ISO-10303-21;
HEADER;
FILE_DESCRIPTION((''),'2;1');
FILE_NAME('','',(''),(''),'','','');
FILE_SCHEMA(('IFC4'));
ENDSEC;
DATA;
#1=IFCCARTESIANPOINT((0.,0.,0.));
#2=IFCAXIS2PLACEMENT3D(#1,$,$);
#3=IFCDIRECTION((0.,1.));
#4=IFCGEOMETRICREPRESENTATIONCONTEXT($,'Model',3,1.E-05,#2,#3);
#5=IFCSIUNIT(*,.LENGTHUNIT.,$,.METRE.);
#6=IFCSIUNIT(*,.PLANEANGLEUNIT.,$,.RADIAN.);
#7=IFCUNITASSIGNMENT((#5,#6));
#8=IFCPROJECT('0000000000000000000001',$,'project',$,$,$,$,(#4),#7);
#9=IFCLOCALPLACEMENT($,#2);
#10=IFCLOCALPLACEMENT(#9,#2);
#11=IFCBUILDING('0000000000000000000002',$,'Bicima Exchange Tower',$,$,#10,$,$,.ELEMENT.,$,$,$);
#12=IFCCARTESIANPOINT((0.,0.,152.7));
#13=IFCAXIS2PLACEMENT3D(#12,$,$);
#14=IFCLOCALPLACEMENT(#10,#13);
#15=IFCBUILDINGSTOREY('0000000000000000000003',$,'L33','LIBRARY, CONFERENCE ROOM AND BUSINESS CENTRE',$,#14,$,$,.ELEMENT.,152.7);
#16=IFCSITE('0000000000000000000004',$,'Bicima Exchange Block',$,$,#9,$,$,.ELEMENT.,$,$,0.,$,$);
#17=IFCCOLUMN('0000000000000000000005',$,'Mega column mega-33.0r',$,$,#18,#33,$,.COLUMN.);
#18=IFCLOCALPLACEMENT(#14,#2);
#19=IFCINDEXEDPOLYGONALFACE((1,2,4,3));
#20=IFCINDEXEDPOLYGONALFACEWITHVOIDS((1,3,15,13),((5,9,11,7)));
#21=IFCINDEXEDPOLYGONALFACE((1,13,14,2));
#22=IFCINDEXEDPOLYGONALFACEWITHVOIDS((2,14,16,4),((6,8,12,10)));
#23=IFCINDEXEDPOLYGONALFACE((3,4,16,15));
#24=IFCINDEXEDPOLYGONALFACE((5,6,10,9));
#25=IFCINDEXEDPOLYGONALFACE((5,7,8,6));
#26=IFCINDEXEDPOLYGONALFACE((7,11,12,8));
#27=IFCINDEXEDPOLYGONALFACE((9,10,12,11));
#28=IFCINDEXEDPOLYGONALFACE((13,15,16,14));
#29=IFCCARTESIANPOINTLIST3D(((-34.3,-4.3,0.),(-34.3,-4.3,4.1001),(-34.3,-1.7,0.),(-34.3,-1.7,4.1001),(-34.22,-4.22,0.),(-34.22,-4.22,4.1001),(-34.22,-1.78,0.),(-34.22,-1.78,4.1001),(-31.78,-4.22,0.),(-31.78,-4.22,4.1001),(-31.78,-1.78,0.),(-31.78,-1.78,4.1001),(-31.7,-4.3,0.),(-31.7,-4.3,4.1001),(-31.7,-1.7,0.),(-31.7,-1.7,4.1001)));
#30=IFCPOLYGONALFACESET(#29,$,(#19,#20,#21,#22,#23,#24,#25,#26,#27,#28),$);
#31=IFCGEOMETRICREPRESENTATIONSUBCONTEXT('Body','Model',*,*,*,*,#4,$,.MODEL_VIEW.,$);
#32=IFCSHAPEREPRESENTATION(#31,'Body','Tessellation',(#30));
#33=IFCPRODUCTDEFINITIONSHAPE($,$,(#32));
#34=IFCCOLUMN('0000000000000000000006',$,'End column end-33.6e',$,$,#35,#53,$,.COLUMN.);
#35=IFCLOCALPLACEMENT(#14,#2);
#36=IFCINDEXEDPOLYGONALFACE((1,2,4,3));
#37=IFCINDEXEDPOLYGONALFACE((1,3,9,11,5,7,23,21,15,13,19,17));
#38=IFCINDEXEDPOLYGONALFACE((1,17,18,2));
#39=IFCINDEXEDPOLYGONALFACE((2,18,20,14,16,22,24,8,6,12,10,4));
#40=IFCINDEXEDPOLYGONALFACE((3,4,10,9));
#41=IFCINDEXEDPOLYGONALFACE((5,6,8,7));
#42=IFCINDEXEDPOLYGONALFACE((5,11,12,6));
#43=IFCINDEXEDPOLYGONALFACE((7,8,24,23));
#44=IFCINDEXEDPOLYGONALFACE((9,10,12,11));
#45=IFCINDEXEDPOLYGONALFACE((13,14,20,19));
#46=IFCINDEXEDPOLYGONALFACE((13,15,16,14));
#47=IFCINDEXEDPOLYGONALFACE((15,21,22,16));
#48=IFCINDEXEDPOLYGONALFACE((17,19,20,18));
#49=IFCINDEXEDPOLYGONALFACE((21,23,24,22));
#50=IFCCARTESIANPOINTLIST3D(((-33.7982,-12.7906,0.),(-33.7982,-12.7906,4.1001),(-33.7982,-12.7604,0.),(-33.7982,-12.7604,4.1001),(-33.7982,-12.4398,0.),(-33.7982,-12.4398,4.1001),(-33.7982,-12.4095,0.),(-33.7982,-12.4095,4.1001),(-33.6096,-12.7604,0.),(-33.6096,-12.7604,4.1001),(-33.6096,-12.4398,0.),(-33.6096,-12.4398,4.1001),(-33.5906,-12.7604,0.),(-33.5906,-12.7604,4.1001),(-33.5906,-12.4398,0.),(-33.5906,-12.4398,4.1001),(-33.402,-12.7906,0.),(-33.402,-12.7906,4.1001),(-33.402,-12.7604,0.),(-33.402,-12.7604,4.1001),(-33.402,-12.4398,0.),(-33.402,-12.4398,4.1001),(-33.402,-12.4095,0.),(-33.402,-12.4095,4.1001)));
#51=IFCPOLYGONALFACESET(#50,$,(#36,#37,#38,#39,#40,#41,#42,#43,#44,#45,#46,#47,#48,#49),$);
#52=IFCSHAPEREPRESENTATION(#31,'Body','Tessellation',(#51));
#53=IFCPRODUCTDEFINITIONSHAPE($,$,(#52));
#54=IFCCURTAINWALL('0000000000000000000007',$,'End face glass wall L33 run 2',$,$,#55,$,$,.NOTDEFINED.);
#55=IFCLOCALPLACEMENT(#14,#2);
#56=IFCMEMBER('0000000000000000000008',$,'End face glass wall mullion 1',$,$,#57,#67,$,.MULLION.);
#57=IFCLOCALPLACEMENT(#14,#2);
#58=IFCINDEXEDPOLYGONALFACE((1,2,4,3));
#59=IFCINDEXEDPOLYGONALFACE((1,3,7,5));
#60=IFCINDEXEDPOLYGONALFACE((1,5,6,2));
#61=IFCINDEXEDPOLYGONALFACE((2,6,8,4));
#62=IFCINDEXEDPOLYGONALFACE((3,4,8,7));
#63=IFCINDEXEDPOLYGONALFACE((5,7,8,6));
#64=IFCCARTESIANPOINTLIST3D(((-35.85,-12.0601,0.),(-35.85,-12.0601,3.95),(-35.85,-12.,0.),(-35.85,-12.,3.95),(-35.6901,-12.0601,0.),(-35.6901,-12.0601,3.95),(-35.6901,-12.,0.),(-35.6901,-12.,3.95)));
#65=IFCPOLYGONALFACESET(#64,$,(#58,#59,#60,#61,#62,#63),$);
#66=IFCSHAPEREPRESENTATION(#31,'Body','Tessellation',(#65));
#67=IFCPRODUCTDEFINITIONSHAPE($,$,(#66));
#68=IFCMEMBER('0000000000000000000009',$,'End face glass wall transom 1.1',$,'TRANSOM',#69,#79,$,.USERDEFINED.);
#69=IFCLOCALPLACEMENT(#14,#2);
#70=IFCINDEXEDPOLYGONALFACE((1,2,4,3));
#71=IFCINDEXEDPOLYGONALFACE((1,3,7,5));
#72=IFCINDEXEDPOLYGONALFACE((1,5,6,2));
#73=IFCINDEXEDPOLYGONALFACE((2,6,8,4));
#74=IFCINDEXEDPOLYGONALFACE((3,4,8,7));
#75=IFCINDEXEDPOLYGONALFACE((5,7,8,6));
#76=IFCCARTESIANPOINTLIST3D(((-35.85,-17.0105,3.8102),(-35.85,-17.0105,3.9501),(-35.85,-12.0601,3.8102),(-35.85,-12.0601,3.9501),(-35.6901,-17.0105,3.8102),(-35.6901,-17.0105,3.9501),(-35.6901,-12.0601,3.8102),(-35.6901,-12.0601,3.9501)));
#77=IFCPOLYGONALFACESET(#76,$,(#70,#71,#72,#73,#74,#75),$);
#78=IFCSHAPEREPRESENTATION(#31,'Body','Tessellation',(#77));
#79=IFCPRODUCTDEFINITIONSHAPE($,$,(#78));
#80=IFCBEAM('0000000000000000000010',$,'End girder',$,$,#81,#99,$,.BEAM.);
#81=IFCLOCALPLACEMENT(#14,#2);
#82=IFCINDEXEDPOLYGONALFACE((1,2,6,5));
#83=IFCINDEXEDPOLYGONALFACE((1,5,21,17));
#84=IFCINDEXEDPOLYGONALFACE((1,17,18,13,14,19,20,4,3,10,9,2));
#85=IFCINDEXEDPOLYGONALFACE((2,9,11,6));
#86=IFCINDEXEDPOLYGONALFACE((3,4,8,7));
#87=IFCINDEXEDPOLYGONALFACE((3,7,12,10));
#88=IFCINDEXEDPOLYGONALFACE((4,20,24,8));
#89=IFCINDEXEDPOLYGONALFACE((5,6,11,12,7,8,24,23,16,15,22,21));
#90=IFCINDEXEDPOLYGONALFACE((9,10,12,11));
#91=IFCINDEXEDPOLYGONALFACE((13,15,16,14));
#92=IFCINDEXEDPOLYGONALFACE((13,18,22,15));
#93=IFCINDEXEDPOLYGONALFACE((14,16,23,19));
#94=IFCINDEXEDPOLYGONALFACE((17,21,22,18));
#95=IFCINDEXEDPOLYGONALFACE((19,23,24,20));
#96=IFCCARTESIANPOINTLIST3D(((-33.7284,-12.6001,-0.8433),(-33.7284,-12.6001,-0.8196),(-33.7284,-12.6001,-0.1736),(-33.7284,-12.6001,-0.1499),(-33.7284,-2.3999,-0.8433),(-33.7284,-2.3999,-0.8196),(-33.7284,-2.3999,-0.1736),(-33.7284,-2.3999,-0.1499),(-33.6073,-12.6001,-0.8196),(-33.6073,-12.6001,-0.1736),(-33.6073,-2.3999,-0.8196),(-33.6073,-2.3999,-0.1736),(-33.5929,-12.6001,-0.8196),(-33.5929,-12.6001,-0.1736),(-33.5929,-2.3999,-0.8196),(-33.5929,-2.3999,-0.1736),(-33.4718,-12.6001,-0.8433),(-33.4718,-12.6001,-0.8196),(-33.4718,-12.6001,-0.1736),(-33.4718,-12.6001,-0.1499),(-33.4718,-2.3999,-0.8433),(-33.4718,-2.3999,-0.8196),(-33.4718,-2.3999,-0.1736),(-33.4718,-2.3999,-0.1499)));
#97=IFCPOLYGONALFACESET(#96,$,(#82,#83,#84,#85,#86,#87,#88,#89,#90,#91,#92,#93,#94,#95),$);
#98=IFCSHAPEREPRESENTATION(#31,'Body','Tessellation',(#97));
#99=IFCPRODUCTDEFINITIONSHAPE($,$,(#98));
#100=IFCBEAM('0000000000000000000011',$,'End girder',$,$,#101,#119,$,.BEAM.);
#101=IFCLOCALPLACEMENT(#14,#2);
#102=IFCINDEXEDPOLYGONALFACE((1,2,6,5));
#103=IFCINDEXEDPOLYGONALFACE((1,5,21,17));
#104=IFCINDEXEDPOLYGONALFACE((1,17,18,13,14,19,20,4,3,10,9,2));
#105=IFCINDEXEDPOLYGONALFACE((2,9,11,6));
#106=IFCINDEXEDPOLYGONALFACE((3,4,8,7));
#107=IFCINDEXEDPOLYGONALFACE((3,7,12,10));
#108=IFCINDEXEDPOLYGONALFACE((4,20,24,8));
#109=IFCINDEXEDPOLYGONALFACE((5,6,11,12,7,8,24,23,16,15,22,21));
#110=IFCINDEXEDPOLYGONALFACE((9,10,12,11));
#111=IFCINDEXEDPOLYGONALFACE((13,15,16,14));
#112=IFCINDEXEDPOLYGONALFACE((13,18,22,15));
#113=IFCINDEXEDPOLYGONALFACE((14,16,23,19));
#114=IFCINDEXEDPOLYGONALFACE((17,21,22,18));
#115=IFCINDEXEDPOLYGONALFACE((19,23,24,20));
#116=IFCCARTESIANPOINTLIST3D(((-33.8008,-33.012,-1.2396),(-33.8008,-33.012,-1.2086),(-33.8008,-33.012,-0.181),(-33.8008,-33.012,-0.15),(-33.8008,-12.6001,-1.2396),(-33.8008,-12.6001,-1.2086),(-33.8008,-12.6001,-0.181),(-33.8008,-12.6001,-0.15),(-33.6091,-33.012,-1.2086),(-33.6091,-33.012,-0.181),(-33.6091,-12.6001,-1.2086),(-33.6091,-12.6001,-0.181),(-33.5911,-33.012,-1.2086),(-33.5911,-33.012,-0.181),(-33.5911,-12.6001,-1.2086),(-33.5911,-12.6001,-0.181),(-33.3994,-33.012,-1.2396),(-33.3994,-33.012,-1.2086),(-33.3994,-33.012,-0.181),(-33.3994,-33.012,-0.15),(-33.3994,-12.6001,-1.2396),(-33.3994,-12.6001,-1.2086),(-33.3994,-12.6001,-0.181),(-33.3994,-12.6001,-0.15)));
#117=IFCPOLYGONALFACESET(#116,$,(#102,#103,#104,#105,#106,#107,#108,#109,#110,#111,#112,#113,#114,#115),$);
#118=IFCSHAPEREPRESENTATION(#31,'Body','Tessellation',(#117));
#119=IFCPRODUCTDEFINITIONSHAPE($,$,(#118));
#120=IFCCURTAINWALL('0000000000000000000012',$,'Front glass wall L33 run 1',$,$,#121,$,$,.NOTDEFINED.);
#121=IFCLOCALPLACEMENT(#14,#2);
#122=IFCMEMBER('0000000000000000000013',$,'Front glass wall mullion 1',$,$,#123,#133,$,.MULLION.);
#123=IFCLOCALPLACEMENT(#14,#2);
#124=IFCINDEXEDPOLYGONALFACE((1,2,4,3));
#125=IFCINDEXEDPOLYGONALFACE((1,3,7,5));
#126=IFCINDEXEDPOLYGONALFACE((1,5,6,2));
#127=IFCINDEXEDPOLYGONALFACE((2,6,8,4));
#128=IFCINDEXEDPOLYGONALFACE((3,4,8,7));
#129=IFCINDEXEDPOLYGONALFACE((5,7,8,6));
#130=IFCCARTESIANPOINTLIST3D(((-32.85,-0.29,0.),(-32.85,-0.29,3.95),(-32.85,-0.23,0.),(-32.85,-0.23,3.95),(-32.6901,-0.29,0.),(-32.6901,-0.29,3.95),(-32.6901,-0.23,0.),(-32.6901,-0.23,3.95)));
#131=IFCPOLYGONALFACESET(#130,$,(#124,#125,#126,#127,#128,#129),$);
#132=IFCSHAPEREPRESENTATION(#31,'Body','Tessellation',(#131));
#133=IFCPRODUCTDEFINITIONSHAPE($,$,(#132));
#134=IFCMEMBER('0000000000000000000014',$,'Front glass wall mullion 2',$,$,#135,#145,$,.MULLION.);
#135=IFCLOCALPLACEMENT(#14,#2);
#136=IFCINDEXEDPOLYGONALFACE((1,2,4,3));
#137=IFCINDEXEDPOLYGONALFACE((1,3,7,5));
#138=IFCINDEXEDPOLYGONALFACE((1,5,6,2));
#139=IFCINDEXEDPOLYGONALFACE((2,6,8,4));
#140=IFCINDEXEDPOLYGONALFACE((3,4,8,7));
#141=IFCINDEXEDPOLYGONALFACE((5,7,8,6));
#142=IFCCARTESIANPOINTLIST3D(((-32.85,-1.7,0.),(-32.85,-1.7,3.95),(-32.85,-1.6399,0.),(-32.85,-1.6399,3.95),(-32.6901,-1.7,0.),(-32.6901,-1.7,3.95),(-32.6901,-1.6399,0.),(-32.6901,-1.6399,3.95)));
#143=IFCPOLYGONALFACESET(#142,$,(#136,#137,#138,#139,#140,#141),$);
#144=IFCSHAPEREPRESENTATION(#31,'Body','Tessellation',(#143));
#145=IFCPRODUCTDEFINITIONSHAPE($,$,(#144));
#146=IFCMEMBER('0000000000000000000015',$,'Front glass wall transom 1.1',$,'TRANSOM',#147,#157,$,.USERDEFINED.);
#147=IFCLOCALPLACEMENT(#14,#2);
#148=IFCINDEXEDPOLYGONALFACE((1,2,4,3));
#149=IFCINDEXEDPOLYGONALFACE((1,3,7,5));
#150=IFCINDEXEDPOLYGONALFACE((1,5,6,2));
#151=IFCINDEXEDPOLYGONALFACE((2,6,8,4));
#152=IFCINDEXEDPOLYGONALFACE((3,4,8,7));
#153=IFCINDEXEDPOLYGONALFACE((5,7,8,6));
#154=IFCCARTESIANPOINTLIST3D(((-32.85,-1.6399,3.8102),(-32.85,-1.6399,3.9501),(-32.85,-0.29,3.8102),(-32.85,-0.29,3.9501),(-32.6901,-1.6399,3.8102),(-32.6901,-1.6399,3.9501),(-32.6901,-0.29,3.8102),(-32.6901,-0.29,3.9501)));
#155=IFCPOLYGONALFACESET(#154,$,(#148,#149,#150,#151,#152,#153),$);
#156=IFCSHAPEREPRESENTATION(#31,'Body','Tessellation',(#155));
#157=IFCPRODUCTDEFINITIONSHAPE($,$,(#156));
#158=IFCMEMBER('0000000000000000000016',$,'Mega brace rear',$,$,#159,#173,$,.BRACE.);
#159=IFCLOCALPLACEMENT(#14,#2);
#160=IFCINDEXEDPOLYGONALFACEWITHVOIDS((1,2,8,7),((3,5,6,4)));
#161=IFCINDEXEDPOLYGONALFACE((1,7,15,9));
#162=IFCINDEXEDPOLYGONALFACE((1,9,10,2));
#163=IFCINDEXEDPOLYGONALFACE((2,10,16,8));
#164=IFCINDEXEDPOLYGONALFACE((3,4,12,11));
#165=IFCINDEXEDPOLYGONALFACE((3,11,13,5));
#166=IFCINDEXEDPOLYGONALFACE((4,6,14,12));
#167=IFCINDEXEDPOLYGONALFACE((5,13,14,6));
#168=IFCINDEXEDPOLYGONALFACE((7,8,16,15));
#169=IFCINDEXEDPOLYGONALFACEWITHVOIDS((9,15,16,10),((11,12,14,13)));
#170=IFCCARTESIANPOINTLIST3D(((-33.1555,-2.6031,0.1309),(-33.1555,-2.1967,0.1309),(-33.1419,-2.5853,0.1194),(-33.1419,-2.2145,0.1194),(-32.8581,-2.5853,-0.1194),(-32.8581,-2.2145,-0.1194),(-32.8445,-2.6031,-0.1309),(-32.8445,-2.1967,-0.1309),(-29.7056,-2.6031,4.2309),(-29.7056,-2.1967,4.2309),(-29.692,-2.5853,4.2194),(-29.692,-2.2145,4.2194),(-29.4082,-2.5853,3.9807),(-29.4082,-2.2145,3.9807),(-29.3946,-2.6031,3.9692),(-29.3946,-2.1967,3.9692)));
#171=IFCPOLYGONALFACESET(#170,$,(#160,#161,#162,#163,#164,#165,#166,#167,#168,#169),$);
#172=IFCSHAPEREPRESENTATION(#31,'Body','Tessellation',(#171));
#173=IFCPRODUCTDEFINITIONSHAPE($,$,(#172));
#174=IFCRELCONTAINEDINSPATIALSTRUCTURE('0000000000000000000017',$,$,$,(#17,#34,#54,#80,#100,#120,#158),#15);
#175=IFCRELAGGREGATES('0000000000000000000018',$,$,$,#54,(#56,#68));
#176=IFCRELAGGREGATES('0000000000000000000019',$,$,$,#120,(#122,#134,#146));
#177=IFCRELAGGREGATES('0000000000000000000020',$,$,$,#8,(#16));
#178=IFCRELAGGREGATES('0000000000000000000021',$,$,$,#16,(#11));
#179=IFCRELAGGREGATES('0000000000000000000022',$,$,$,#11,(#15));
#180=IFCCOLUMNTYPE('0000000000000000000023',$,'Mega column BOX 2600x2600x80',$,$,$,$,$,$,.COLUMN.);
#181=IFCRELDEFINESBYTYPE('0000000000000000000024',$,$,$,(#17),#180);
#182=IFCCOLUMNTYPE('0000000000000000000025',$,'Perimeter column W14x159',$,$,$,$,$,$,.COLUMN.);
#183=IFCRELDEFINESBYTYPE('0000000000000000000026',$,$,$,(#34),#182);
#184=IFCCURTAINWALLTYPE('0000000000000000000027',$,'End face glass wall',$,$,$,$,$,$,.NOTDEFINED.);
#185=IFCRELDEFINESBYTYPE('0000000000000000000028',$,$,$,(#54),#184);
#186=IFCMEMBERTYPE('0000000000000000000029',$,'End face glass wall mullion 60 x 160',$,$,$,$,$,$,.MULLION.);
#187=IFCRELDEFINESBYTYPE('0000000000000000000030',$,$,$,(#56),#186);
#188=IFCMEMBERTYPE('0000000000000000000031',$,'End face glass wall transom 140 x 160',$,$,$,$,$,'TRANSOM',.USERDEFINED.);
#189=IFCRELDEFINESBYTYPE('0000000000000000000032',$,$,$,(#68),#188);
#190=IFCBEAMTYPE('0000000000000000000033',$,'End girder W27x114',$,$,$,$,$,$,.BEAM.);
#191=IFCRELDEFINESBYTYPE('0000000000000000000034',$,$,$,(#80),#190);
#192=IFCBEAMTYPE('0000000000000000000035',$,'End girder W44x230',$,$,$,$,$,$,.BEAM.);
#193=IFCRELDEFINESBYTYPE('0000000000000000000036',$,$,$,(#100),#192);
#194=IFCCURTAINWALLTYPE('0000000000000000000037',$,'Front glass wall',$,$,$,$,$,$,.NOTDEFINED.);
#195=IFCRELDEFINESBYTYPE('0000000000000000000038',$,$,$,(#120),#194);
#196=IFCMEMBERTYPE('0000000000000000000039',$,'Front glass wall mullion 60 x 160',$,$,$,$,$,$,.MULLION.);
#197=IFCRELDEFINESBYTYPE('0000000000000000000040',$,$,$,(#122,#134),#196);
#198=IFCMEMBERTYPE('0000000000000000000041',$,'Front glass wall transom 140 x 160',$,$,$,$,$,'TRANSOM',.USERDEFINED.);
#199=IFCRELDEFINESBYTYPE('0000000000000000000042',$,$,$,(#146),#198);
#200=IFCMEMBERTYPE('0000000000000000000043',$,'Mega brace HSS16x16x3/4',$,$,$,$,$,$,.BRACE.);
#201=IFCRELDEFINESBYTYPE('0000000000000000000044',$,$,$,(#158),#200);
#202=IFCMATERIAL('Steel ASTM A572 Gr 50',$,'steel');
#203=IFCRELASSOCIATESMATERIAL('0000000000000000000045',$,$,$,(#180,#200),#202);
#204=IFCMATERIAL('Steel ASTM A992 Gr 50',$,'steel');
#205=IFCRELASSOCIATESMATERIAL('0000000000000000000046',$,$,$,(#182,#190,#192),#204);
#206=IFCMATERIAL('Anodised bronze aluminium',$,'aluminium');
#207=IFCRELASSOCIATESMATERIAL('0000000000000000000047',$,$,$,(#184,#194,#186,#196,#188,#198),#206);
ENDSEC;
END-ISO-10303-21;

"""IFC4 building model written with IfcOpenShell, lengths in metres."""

from ifc_helpers import new_model, si_unit, direction, frame, origin, origin_2d, place, context, subcontext, project, spatial, rectangle, hollow_rectangle, i_section, extrude, material, material_profile, profile_set, type_object, element, aggregate, save


model = new_model("IFC4")

# Units and contexts
model_context = context("Model", 3, precision=1e-05, world=origin(), true_north=direction((0.0, 1.0)))
body_context = subcontext(model_context, "Body", "Model", "MODEL_VIEW")
ifc_project = project(units=[si_unit("LENGTHUNIT", "METRE"), si_unit("PLANEANGLEUNIT", "RADIAN")], contexts=[model_context])

# Site, building, storey
site_placement = place(None, origin())
site = spatial("IfcSite", under=ifc_project, at=site_placement, Name="Bicima Exchange Block", CompositionType="ELEMENT", RefElevation=0.0)
building_placement = place(site_placement, origin())
building = spatial("IfcBuilding", under=site, at=building_placement, Name="Bicima Exchange Tower", CompositionType="ELEMENT")
storey_placement = place(building_placement, frame((0.0, 0.0, 152.7)))
storey = spatial("IfcBuildingStorey", under=building, at=storey_placement, Name="L33", Description="LIBRARY, CONFERENCE ROOM AND BUSINESS CENTRE", CompositionType="ELEMENT", Elevation=152.7)

# Columns
ifc_material_1 = material(Name="Steel ASTM A572 Gr 50", Category="steel")
ifc_material_profile_1 = material_profile(ifc_material_1, hollow_rectangle(XDim=2.6001, YDim=2.6001, WallThickness=0.0801, at=origin_2d()))
ifc_profile_set_1 = profile_set([ifc_material_profile_1], Name="Steel ASTM A572 Gr 50")
column_type_1 = type_object("IfcColumnType", Name="Mega column BOX 2600x2600x80", PredefinedType="COLUMN", material=ifc_profile_set_1)
column_1_placement = place(storey_placement, frame((-33.0, -3.0, 0.0), z_axis=(0.0, 0.0, 1.0), x_axis=(1.0, 0.0, 0.0)))
element("IfcColumn", 1, at=column_1_placement, inside=storey, type_object=column_type_1, Name="Mega column mega-33.0r", PredefinedType="COLUMN", context=body_context, shape_type="SweptSolid", body=[
    extrude(hollow_rectangle(XDim=2.6001, YDim=2.6001, WallThickness=0.0801, at=origin_2d()), origin(), (0.0, 0.0, 1.0), 4.1001),
])
ifc_material_2 = material(Name="Steel ASTM A992 Gr 50", Category="steel")
ifc_material_profile_2 = material_profile(ifc_material_2, i_section(OverallWidth=0.3962, OverallDepth=0.3811, WebThickness=0.019, FlangeThickness=0.0303, at=origin_2d()))
ifc_profile_set_2 = profile_set([ifc_material_profile_2], Name="Steel ASTM A992 Gr 50")
column_type_2 = type_object("IfcColumnType", Name="Perimeter column W14x159", PredefinedType="COLUMN", material=ifc_profile_set_2)
column_2_placement = place(storey_placement, frame((-33.6001, -12.6001, 0.0), z_axis=(0.0, 0.0, 1.0), x_axis=(1.0, 0.0, 0.0)))
element("IfcColumn", 2, at=column_2_placement, inside=storey, type_object=column_type_2, Name="End column end-33.6e", PredefinedType="COLUMN", context=body_context, shape_type="SweptSolid", body=[
    extrude(i_section(OverallWidth=0.3962, OverallDepth=0.3811, WebThickness=0.019, FlangeThickness=0.0303, at=origin_2d()), origin(), (0.0, 0.0, 1.0), 4.1001),
])

# Curtain wall, members
ifc_material_3 = material(Name="Anodised bronze aluminium", Category="aluminium")
curtain_wall_type_1 = type_object("IfcCurtainWallType", Name="End face glass wall", PredefinedType="NOTDEFINED", material=ifc_material_3)
curtain_wall_1_placement = place(storey_placement, origin())
curtain_wall_1 = element("IfcCurtainWall", 3, at=curtain_wall_1_placement, inside=storey, type_object=curtain_wall_type_1, Name="End face glass wall L33 run 2", PredefinedType="NOTDEFINED")
ifc_material_profile_3 = material_profile(ifc_material_3, rectangle(XDim=0.1599, YDim=0.0601, at=origin_2d()))
ifc_profile_set_3 = profile_set([ifc_material_profile_3], Name="Anodised bronze aluminium")
member_type_1 = type_object("IfcMemberType", Name="End face glass wall mullion 60 x 160", PredefinedType="MULLION", material=ifc_profile_set_3)
member_1_placement = place(storey_placement, frame((-35.77, -12.03, 0.0), z_axis=(0.0, 0.0, 1.0), x_axis=(1.0, 0.0, 0.0)))
member_1 = element("IfcMember", 4, at=member_1_placement, type_object=member_type_1, Name="End face glass wall mullion 1", PredefinedType="MULLION", context=body_context, shape_type="SweptSolid", body=[
    extrude(rectangle(XDim=0.1599, YDim=0.0601, at=origin_2d()), origin(), (0.0, 0.0, 1.0), 3.95),
])
ifc_material_profile_4 = material_profile(ifc_material_3, rectangle(XDim=0.1599, YDim=0.1399, at=origin_2d()))
ifc_profile_set_4 = profile_set([ifc_material_profile_4], Name="Anodised bronze aluminium")
member_type_2 = type_object("IfcMemberType", Name="End face glass wall transom 140 x 160", ElementType="TRANSOM", PredefinedType="USERDEFINED", material=ifc_profile_set_4)
member_2_placement = place(storey_placement, frame((-35.77, -12.0601, 3.8801), z_axis=(0.0, -1.0, 0.0), x_axis=(1.0, 0.0, 0.0)))
member_2 = element("IfcMember", 5, at=member_2_placement, type_object=member_type_2, Name="End face glass wall transom 1.1", ObjectType="TRANSOM", PredefinedType="USERDEFINED", context=body_context, shape_type="SweptSolid", body=[
    extrude(rectangle(XDim=0.1599, YDim=0.1399, at=origin_2d()), origin(), (0.0, 0.0, 1.0), 4.9504),
])
aggregate(curtain_wall_1, [member_1, member_2])

# Beams
ifc_material_profile_5 = material_profile(ifc_material_2, i_section(OverallWidth=0.2566, OverallDepth=0.6934, WebThickness=0.0144, FlangeThickness=0.0237, at=origin_2d()))
ifc_profile_set_5 = profile_set([ifc_material_profile_5], Name="Steel ASTM A992 Gr 50")
beam_type_1 = type_object("IfcBeamType", Name="End girder W27x114", PredefinedType="BEAM", material=ifc_profile_set_5)
beam_1_placement = place(storey_placement, frame((-33.6001, -2.3999, -0.4966), z_axis=(0.0, -1.0, 0.0), x_axis=(1.0, 0.0, 0.0)))
element("IfcBeam", 6, at=beam_1_placement, inside=storey, type_object=beam_type_1, Name="End girder", PredefinedType="BEAM", context=body_context, shape_type="SweptSolid", body=[
    extrude(i_section(OverallWidth=0.2566, OverallDepth=0.6934, WebThickness=0.0144, FlangeThickness=0.0237, at=origin_2d()), origin(), (0.0, 0.0, 1.0), 10.2002),
])
ifc_material_profile_6 = material_profile(ifc_material_2, i_section(OverallWidth=0.4014, OverallDepth=1.0896, WebThickness=0.0181, FlangeThickness=0.031, at=origin_2d()))
ifc_profile_set_6 = profile_set([ifc_material_profile_6], Name="Steel ASTM A992 Gr 50")
beam_type_2 = type_object("IfcBeamType", Name="End girder W44x230", PredefinedType="BEAM", material=ifc_profile_set_6)
beam_2_placement = place(storey_placement, frame((-33.6001, -12.6001, -0.6948), z_axis=(0.0, -1.0, 0.0), x_axis=(1.0, 0.0, 0.0)))
element("IfcBeam", 7, at=beam_2_placement, inside=storey, type_object=beam_type_2, Name="End girder", PredefinedType="BEAM", context=body_context, shape_type="SweptSolid", body=[
    extrude(i_section(OverallWidth=0.4014, OverallDepth=1.0896, WebThickness=0.0181, FlangeThickness=0.031, at=origin_2d()), origin(), (0.0, 0.0, 1.0), 20.4119),
])

# Curtain wall, members
curtain_wall_type_2 = type_object("IfcCurtainWallType", Name="Front glass wall", PredefinedType="NOTDEFINED", material=ifc_material_3)
curtain_wall_2_placement = place(storey_placement, origin())
curtain_wall_2 = element("IfcCurtainWall", 8, at=curtain_wall_2_placement, inside=storey, type_object=curtain_wall_type_2, Name="Front glass wall L33 run 1", PredefinedType="NOTDEFINED")
member_type_3 = type_object("IfcMemberType", Name="Front glass wall mullion 60 x 160", PredefinedType="MULLION", material=ifc_profile_set_3)
member_3_placement = place(storey_placement, frame((-32.77, -0.26, 0.0), z_axis=(0.0, 0.0, 1.0), x_axis=(1.0, 0.0, 0.0)))
member_3 = element("IfcMember", 9, at=member_3_placement, type_object=member_type_3, Name="Front glass wall mullion 1", PredefinedType="MULLION", context=body_context, shape_type="SweptSolid", body=[
    extrude(rectangle(XDim=0.1599, YDim=0.0601, at=origin_2d()), origin(), (0.0, 0.0, 1.0), 3.95),
])
member_4_placement = place(storey_placement, frame((-32.77, -1.6699, 0.0), z_axis=(0.0, 0.0, 1.0), x_axis=(1.0, 0.0, 0.0)))
member_4 = element("IfcMember", 10, at=member_4_placement, type_object=member_type_3, Name="Front glass wall mullion 2", PredefinedType="MULLION", context=body_context, shape_type="SweptSolid", body=[
    extrude(rectangle(XDim=0.1599, YDim=0.0601, at=origin_2d()), origin(), (0.0, 0.0, 1.0), 3.95),
])
member_type_4 = type_object("IfcMemberType", Name="Front glass wall transom 140 x 160", ElementType="TRANSOM", PredefinedType="USERDEFINED", material=ifc_profile_set_4)
member_5_placement = place(storey_placement, frame((-32.77, -0.29, 3.8801), z_axis=(0.0, -1.0, 0.0), x_axis=(1.0, 0.0, 0.0)))
member_5 = element("IfcMember", 11, at=member_5_placement, type_object=member_type_4, Name="Front glass wall transom 1.1", ObjectType="TRANSOM", PredefinedType="USERDEFINED", context=body_context, shape_type="SweptSolid", body=[
    extrude(rectangle(XDim=0.1599, YDim=0.1399, at=origin_2d()), origin(), (0.0, 0.0, 1.0), 1.3499),
])

# Member
ifc_material_profile_7 = material_profile(ifc_material_1, hollow_rectangle(XDim=0.4065, YDim=0.4065, WallThickness=0.0178, at=origin_2d()))
ifc_profile_set_7 = profile_set([ifc_material_profile_7], Name="Steel ASTM A572 Gr 50")
member_type_5 = type_object("IfcMemberType", Name="Mega brace HSS16x16x3/4", PredefinedType="BRACE", material=ifc_profile_set_7)
member_6_placement = place(storey_placement, frame((-33.0, -2.3999, 0.0), z_axis=(0.643834, 0.0, 0.765165), x_axis=(0.0, 1.0, 0.0)))
element("IfcMember", 12, at=member_6_placement, inside=storey, type_object=member_type_5, Name="Mega brace rear", PredefinedType="BRACE", context=body_context, shape_type="SweptSolid", body=[
    extrude(hollow_rectangle(XDim=0.4065, YDim=0.4065, WallThickness=0.0178, at=origin_2d()), origin(), (0.0, 0.0, 1.0), 5.3584),
])

aggregate(curtain_wall_2, [member_3, member_4, member_5])

save(model, "model.ifc")
